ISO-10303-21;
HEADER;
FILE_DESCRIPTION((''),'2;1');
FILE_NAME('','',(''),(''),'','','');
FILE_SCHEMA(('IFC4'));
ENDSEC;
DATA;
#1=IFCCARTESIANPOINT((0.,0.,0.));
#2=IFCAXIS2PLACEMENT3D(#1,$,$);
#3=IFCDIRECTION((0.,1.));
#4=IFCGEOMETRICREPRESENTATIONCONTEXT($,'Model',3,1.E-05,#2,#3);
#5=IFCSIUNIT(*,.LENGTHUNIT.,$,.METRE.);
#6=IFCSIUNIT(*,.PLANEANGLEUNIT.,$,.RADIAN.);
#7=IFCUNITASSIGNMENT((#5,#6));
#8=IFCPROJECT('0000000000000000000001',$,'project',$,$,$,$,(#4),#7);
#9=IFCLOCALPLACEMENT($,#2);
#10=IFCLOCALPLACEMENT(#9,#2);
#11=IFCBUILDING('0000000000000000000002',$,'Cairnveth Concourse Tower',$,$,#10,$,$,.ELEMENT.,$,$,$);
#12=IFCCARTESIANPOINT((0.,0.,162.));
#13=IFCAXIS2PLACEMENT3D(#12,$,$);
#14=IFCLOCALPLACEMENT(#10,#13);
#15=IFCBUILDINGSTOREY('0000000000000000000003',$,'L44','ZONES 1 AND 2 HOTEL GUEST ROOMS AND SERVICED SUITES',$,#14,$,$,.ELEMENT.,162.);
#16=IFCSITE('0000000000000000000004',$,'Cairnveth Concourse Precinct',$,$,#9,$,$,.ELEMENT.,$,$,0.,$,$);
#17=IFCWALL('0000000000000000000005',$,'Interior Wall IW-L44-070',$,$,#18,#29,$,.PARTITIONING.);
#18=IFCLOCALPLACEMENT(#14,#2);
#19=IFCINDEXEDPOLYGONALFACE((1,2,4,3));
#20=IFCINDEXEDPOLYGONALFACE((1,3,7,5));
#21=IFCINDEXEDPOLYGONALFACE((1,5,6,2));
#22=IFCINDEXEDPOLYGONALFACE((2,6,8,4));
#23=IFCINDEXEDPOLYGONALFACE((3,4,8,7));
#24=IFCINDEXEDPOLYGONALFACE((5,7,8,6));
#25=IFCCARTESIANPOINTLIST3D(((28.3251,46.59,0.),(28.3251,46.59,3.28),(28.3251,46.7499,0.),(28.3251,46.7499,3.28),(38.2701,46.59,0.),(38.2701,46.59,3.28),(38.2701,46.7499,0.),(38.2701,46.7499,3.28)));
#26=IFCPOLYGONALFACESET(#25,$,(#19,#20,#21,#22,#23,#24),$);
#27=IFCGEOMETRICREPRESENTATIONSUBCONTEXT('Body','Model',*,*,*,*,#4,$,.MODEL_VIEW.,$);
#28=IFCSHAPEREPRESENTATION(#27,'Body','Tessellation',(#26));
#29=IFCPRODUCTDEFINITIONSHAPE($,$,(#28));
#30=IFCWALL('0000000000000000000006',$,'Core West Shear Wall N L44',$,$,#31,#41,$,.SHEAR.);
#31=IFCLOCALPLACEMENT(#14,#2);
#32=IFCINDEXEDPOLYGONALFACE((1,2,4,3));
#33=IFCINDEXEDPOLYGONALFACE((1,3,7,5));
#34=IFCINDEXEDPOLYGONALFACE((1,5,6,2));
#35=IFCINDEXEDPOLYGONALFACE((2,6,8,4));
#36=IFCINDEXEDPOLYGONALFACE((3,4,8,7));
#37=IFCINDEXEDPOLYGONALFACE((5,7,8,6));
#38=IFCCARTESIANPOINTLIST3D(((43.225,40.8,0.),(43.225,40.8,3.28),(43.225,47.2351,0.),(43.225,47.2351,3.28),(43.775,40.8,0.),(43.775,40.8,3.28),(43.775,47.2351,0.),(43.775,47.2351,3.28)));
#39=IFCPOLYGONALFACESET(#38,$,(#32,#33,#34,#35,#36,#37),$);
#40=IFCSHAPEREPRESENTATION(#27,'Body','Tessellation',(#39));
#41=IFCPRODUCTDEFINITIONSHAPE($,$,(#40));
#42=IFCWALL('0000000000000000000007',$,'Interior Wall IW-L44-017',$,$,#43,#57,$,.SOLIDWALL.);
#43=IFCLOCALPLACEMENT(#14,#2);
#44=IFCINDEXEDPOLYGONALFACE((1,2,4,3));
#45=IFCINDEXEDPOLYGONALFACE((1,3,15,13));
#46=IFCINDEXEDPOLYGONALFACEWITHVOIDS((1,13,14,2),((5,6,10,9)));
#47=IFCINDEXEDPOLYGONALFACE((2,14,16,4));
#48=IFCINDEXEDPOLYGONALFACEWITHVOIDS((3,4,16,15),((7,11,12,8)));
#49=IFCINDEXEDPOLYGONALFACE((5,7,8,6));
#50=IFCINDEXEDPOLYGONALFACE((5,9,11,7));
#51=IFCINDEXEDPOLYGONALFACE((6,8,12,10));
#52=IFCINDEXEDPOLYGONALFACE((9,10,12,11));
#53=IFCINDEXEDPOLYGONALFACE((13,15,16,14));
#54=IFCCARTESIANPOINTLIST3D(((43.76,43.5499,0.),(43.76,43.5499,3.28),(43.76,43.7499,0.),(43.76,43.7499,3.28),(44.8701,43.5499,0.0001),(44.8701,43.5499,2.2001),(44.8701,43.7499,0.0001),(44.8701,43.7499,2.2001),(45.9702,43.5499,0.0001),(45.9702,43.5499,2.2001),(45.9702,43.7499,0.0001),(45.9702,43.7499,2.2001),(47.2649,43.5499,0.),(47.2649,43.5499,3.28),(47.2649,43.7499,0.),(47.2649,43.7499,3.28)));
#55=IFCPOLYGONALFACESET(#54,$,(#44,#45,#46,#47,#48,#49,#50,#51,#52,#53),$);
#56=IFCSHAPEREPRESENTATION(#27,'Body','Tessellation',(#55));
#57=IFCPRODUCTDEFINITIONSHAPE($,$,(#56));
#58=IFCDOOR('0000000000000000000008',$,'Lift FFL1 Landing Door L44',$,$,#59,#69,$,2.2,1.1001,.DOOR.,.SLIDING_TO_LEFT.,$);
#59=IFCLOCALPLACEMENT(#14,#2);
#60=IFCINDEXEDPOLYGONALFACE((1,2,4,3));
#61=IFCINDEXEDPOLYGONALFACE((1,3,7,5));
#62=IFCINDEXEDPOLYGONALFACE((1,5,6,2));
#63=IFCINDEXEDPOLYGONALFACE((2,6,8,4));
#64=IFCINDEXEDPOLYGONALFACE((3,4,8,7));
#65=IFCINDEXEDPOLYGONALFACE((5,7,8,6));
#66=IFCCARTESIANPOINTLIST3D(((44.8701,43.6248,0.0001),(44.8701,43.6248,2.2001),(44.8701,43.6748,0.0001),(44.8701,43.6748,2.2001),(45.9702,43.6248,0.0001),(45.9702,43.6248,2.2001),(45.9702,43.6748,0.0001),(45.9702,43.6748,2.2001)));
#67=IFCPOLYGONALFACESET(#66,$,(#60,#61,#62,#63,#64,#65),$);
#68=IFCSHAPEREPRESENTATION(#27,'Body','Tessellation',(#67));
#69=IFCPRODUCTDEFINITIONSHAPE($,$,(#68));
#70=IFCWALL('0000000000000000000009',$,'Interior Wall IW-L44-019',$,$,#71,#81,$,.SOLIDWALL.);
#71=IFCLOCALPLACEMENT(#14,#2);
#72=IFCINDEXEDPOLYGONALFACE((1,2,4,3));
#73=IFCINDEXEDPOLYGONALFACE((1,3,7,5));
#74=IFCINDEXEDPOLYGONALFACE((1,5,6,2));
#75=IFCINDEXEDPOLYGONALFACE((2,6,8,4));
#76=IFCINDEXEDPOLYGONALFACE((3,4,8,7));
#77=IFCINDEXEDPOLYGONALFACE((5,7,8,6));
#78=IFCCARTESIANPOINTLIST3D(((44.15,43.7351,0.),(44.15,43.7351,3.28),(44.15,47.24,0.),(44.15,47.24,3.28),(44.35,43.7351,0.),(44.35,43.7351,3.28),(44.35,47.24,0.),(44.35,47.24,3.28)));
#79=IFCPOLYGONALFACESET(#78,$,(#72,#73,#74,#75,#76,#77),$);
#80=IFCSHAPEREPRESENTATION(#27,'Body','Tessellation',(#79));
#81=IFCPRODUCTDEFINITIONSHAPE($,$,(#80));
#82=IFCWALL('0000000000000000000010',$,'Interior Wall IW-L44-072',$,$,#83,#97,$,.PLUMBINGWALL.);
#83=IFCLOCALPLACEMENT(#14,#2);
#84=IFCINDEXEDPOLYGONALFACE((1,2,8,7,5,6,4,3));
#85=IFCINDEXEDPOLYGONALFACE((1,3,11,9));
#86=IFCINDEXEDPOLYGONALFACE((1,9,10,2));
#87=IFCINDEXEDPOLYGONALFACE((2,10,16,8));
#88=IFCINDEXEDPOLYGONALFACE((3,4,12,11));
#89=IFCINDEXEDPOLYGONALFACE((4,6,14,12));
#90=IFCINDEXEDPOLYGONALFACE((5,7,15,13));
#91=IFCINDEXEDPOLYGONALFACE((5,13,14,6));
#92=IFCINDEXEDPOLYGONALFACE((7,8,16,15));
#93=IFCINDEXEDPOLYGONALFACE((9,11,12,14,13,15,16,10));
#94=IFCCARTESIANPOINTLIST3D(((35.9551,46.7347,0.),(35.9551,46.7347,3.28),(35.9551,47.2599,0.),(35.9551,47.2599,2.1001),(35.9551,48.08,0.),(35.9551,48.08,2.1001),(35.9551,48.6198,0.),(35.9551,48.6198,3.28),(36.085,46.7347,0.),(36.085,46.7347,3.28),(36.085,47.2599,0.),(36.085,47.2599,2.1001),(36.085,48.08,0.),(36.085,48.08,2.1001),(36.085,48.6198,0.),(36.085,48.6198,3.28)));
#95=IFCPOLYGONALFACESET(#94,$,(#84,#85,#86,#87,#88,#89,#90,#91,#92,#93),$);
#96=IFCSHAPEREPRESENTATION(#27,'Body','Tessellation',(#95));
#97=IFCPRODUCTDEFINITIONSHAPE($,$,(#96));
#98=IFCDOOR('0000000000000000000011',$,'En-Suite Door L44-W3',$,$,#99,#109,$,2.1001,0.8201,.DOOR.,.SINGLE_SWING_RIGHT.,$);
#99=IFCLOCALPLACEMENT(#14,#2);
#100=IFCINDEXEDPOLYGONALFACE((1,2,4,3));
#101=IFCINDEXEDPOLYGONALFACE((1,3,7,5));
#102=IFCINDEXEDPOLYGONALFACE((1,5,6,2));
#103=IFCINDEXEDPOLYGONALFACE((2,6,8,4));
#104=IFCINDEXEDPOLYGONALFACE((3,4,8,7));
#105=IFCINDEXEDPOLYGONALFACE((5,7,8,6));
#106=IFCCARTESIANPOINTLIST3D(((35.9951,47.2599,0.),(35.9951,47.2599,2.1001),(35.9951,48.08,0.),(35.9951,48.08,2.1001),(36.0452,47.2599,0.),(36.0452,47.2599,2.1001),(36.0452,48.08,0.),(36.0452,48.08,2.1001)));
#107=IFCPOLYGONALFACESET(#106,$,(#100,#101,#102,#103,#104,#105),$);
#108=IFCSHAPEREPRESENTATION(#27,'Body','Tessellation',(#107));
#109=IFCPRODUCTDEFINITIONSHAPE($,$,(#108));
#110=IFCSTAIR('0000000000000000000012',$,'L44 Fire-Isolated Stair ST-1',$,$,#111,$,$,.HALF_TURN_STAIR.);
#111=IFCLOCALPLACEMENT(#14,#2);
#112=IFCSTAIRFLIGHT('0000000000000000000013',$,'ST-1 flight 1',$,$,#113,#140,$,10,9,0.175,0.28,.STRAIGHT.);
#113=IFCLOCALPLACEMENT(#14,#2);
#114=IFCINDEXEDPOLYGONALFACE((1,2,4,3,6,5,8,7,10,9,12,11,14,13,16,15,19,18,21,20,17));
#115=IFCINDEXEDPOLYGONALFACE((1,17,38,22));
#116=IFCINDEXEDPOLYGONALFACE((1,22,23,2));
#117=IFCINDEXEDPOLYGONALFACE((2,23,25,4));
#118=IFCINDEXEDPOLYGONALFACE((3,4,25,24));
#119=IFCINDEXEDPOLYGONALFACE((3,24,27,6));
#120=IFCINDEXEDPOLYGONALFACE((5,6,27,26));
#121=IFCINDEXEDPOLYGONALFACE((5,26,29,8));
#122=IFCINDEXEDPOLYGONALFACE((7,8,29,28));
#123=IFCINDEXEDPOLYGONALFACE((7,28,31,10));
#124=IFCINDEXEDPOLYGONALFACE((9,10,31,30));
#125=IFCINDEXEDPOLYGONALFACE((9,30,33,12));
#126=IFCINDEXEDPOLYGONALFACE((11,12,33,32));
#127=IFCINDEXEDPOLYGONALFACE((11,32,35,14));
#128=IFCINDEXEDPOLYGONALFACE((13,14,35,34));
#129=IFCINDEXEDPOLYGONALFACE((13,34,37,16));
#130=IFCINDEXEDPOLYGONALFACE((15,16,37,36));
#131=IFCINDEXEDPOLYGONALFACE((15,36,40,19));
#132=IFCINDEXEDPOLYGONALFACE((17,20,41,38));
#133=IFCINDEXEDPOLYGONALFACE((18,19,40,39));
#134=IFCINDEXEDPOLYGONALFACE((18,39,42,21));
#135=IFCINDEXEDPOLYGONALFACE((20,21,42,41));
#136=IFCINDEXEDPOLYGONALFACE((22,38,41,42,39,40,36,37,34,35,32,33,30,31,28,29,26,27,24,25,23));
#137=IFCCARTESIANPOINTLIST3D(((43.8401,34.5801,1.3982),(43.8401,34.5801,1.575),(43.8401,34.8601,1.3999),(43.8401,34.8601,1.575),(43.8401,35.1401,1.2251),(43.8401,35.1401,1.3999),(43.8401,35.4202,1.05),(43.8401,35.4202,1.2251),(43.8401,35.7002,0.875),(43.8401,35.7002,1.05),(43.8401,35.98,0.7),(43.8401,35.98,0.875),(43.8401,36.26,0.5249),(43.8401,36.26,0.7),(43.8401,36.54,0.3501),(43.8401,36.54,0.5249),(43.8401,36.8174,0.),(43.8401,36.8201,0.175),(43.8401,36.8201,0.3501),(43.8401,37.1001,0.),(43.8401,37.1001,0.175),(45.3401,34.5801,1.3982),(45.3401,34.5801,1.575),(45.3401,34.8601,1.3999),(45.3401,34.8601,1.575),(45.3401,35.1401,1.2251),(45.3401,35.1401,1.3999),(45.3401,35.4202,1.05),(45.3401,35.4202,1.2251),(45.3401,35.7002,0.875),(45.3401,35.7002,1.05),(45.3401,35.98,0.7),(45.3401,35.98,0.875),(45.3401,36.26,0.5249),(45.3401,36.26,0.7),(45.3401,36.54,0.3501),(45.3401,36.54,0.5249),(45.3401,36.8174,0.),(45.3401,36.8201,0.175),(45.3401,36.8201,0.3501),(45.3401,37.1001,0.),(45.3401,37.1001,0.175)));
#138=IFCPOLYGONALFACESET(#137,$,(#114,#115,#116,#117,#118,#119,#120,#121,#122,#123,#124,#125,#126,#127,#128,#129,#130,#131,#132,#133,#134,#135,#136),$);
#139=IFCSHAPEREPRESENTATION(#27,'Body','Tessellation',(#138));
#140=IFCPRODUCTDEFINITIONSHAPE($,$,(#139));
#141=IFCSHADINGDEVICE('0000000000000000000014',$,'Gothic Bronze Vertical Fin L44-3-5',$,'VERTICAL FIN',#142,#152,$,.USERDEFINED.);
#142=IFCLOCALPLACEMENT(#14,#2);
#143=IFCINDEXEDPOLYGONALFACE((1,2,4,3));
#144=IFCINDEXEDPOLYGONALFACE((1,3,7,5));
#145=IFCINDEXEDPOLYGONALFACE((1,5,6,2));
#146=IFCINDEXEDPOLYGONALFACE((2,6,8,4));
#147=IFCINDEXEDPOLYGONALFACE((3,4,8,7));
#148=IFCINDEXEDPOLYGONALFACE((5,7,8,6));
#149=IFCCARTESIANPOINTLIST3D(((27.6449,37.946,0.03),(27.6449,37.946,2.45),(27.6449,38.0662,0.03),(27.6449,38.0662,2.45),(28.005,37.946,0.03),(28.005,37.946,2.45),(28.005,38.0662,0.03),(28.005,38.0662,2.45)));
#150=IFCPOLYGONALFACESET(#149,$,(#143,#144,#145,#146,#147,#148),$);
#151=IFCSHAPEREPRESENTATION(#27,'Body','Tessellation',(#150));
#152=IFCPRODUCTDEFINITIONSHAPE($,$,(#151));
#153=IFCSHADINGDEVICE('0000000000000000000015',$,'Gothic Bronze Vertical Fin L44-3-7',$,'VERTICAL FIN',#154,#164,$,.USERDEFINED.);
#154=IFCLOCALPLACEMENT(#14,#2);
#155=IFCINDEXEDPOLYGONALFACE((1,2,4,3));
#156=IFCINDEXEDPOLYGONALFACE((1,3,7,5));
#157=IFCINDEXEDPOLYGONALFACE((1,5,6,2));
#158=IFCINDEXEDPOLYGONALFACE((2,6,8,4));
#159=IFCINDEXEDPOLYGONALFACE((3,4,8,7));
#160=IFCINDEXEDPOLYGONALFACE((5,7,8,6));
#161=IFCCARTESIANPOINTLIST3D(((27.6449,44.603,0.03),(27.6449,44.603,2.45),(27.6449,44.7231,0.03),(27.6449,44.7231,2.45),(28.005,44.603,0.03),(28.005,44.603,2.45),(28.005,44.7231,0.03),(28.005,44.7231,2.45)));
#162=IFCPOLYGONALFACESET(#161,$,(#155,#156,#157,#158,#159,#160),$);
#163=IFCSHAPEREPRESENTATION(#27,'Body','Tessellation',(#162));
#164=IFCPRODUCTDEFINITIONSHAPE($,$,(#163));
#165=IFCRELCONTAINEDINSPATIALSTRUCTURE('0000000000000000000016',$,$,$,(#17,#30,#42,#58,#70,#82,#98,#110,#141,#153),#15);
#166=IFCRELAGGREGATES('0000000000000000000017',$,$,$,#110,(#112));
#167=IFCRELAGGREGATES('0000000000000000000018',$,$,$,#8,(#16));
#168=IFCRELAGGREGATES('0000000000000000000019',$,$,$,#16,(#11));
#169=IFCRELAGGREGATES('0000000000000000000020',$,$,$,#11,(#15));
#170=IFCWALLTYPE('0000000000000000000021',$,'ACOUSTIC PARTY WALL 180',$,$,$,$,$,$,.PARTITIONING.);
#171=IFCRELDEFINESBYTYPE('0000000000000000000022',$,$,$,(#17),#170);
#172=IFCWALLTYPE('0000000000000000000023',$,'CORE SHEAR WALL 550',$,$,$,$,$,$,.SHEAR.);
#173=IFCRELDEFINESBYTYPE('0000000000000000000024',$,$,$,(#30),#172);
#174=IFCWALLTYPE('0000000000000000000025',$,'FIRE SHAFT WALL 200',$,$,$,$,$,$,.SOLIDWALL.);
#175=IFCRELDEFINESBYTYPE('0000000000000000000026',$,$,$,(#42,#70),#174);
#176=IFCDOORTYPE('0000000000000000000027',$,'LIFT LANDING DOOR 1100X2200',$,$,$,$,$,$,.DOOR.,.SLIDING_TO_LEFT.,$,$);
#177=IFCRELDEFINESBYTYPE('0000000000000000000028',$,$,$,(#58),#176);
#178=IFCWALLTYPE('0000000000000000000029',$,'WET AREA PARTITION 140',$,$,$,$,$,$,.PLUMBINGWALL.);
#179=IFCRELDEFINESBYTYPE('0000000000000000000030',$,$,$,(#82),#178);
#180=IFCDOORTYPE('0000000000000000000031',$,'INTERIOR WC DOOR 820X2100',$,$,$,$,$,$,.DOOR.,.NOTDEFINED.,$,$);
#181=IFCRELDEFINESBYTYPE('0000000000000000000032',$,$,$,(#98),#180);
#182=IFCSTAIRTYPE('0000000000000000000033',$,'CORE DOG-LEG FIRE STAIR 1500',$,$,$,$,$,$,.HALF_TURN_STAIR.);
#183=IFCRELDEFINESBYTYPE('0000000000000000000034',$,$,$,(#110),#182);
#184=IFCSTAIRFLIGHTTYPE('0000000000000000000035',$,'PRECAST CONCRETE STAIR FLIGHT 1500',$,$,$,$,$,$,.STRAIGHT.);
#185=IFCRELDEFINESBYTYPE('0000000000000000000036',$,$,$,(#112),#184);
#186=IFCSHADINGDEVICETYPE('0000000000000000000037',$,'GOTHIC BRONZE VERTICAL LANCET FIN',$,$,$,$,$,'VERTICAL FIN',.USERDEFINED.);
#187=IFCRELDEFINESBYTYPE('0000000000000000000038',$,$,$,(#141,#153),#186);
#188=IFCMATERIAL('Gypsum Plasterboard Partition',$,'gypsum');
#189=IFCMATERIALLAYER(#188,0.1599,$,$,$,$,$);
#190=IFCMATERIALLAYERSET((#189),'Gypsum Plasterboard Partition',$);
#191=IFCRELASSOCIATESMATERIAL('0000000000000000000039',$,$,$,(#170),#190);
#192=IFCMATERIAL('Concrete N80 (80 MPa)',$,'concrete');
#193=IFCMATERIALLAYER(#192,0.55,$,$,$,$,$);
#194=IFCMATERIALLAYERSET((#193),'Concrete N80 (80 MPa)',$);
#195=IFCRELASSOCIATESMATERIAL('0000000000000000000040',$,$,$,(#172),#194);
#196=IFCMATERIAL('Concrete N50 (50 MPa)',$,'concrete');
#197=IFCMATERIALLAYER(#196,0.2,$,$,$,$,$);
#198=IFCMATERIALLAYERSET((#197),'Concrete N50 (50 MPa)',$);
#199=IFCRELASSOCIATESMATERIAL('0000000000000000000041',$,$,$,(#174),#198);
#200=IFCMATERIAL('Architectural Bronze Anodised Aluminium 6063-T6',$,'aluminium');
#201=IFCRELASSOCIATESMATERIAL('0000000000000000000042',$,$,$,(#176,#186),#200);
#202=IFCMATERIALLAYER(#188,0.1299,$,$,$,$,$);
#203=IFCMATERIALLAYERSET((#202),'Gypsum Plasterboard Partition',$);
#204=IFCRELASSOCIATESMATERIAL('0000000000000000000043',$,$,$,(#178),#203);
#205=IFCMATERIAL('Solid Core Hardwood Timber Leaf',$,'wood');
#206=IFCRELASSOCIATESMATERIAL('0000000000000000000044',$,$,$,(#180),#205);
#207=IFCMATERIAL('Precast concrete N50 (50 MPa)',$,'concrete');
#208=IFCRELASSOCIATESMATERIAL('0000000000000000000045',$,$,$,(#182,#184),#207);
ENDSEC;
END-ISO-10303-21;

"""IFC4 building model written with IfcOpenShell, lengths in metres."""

from ifc_helpers import new_model, si_unit, direction, frame, frame_2d, origin, origin_2d, place, context, subcontext, project, spatial, polyline, rectangle, outline, extrude, material, layer, layer_set, type_object, element, fill, aggregate, save


model = new_model("IFC4")

# Units and contexts
model_context = context("Model", 3, precision=1e-05, world=origin(), true_north=direction((0.0, 1.0)))
body_context = subcontext(model_context, "Body", "Model", "MODEL_VIEW")
ifc_project = project(units=[si_unit("LENGTHUNIT", "METRE"), si_unit("PLANEANGLEUNIT", "RADIAN")], contexts=[model_context])

# Site, building, storey
site_placement = place(None, origin())
site = spatial("IfcSite", under=ifc_project, at=site_placement, Name="Cairnveth Concourse Precinct", CompositionType="ELEMENT", RefElevation=0.0)
building_placement = place(site_placement, origin())
building = spatial("IfcBuilding", under=site, at=building_placement, Name="Cairnveth Concourse Tower", CompositionType="ELEMENT")
storey_placement = place(building_placement, frame((0.0, 0.0, 162.0)))
storey = spatial("IfcBuildingStorey", under=building, at=storey_placement, Name="L44", Description="ZONES 1 AND 2 HOTEL GUEST ROOMS AND SERVICED SUITES", CompositionType="ELEMENT", Elevation=162.0)

# Walls
ifc_material_1 = material(Name="Gypsum Plasterboard Partition", Category="gypsum")
ifc_layer_1 = layer(ifc_material_1, 0.1599)
ifc_layer_set_1 = layer_set([ifc_layer_1], Name="Gypsum Plasterboard Partition")
wall_type_1 = type_object("IfcWallType", Name="ACOUSTIC PARTY WALL 180", PredefinedType="PARTITIONING", material=ifc_layer_set_1)
wall_1_placement = place(storey_placement, frame((28.325, 46.6699, 0.0), z_axis=(0.0, 0.0, 1.0), x_axis=(1.0, 0.0, 0.0)))
element("IfcWall", 1, at=wall_1_placement, inside=storey, type_object=wall_type_1, Name="Interior Wall IW-L44-070", PredefinedType="PARTITIONING", context=body_context, shape_type="SweptSolid", body=[
    extrude(rectangle(XDim=9.9451, YDim=0.1599, at=frame_2d((4.9727, 0.0))), origin(), (0.0, 0.0, 1.0), 3.28),
])
ifc_material_2 = material(Name="Concrete N80 (80 MPa)", Category="concrete")
ifc_layer_2 = layer(ifc_material_2, 0.55)
ifc_layer_set_2 = layer_set([ifc_layer_2], Name="Concrete N80 (80 MPa)")
wall_type_2 = type_object("IfcWallType", Name="CORE SHEAR WALL 550", PredefinedType="SHEAR", material=ifc_layer_set_2)
wall_2_placement = place(storey_placement, frame((43.5, 40.8, 0.0), z_axis=(0.0, 0.0, 1.0), x_axis=(0.0, 1.0, 0.0)))
element("IfcWall", 2, at=wall_2_placement, inside=storey, type_object=wall_type_2, Name="Core West Shear Wall N L44", PredefinedType="SHEAR", context=body_context, shape_type="SweptSolid", body=[
    extrude(rectangle(XDim=6.4351, YDim=0.55, at=frame_2d((3.2175, 0.0))), origin(), (0.0, 0.0, 1.0), 3.28),
])

# Wall, opening, door
ifc_material_3 = material(Name="Concrete N50 (50 MPa)", Category="concrete")
ifc_layer_3 = layer(ifc_material_3, 0.2)
ifc_layer_set_3 = layer_set([ifc_layer_3], Name="Concrete N50 (50 MPa)")
wall_type_3 = type_object("IfcWallType", Name="FIRE SHAFT WALL 200", PredefinedType="SOLIDWALL", material=ifc_layer_set_3)
wall_3_placement = place(storey_placement, frame((43.76, 43.6499, 0.0), z_axis=(0.0, 0.0, 1.0), x_axis=(1.0, 0.0, 0.0)))
wall_3 = element("IfcWall", 3, at=wall_3_placement, inside=storey, type_object=wall_type_3, Name="Interior Wall IW-L44-017", PredefinedType="SOLIDWALL", context=body_context, shape_type="SweptSolid", body=[
    extrude(rectangle(XDim=3.5049, YDim=0.2, at=frame_2d((1.7524, 0.0))), origin(), (0.0, 0.0, 1.0), 3.28),
])
opening_1_placement = place(wall_3_placement, frame((1.1101, 0.0, 0.0)))
opening_1 = element("IfcOpeningElement", 4, at=opening_1_placement, cuts=wall_3, PredefinedType="OPENING", context=body_context, shape_type="SweptSolid", body=[
    extrude(rectangle(XDim=1.1001, YDim=2.2, at=frame_2d((0.55, 1.1001))), frame((0.0, 0.1099, 0.0), z_axis=(0.0, -1.0, 0.0), x_axis=(1.0, 0.0, 0.0)), (0.0, 0.0, 1.0), 0.22),
])
ifc_material_4 = material(Name="Architectural Bronze Anodised Aluminium 6063-T6", Category="aluminium")
door_type_1 = type_object("IfcDoorType", Name="LIFT LANDING DOOR 1100X2200", OperationType="SLIDING_TO_LEFT", PredefinedType="DOOR", material=ifc_material_4)
door_1_placement = place(opening_1_placement, origin())
door_1 = element("IfcDoor", 5, at=door_1_placement, inside=storey, type_object=door_type_1, Name="Lift FFL1 Landing Door L44", OperationType="SLIDING_TO_LEFT", OverallHeight=2.2, OverallWidth=1.1001, PredefinedType="DOOR", context=body_context, shape_type="SweptSolid", body=[
    extrude(rectangle(XDim=1.1001, YDim=2.2, at=frame_2d((0.55, 1.1001))), frame((0.0, 0.0249, 0.0), z_axis=(0.0, -1.0, 0.0), x_axis=(1.0, 0.0, 0.0)), (0.0, 0.0, 1.0), 0.05),
])
fill(opening_1, door_1)

# Wall
wall_4_placement = place(storey_placement, frame((44.25, 43.7351, 0.0), z_axis=(0.0, 0.0, 1.0), x_axis=(0.0, 1.0, 0.0)))
element("IfcWall", 6, at=wall_4_placement, inside=storey, type_object=wall_type_3, Name="Interior Wall IW-L44-019", PredefinedType="SOLIDWALL", context=body_context, shape_type="SweptSolid", body=[
    extrude(rectangle(XDim=3.5049, YDim=0.2, at=frame_2d((1.7524, 0.0))), origin(), (0.0, 0.0, 1.0), 3.28),
])

# Wall, opening, door
ifc_layer_4 = layer(ifc_material_1, 0.1299)
ifc_layer_set_4 = layer_set([ifc_layer_4], Name="Gypsum Plasterboard Partition")
wall_type_4 = type_object("IfcWallType", Name="WET AREA PARTITION 140", PredefinedType="PLUMBINGWALL", material=ifc_layer_set_4)
wall_5_placement = place(storey_placement, frame((36.02, 46.7349, 0.0), z_axis=(0.0, 0.0, 1.0), x_axis=(0.0, 1.0, 0.0)))
wall_5 = element("IfcWall", 7, at=wall_5_placement, inside=storey, type_object=wall_type_4, Name="Interior Wall IW-L44-072", PredefinedType="PLUMBINGWALL", context=body_context, shape_type="SweptSolid", body=[
    extrude(rectangle(XDim=1.885, YDim=0.1299, at=frame_2d((0.9424, 0.0))), origin(), (0.0, 0.0, 1.0), 3.28),
])
opening_2_placement = place(wall_5_placement, frame((0.5249, 0.0, 0.0)))
opening_2 = element("IfcOpeningElement", 8, at=opening_2_placement, cuts=wall_5, PredefinedType="OPENING", context=body_context, shape_type="SweptSolid", body=[
    extrude(rectangle(XDim=0.8201, YDim=2.1001, at=frame_2d((0.4102, 1.05))), frame((0.0, 0.075, 0.0), z_axis=(0.0, -1.0, 0.0), x_axis=(1.0, 0.0, 0.0)), (0.0, 0.0, 1.0), 0.1499),
])
ifc_material_5 = material(Name="Solid Core Hardwood Timber Leaf", Category="wood")
door_type_2 = type_object("IfcDoorType", Name="INTERIOR WC DOOR 820X2100", OperationType="NOTDEFINED", PredefinedType="DOOR", material=ifc_material_5)
door_2_placement = place(opening_2_placement, origin())
door_2 = element("IfcDoor", 9, at=door_2_placement, inside=storey, type_object=door_type_2, Name="En-Suite Door L44-W3", OperationType="SINGLE_SWING_RIGHT", OverallHeight=2.1001, OverallWidth=0.8201, PredefinedType="DOOR", context=body_context, shape_type="SweptSolid", body=[
    extrude(rectangle(XDim=0.8201, YDim=2.1001, at=frame_2d((0.4102, 1.05))), frame((0.0, 0.0249, 0.0), z_axis=(0.0, -1.0, 0.0), x_axis=(1.0, 0.0, 0.0)), (0.0, 0.0, 1.0), 0.05),
])
fill(opening_2, door_2)

# Stair, stair flight
ifc_material_6 = material(Name="Precast concrete N50 (50 MPa)", Category="concrete")
stair_type = type_object("IfcStairType", Name="CORE DOG-LEG FIRE STAIR 1500", PredefinedType="HALF_TURN_STAIR", material=ifc_material_6)
stair_placement = place(storey_placement, origin())
stair = element("IfcStair", 10, at=stair_placement, inside=storey, type_object=stair_type, Name="L44 Fire-Isolated Stair ST-1", PredefinedType="HALF_TURN_STAIR")
stair_flight_type = type_object("IfcStairFlightType", Name="PRECAST CONCRETE STAIR FLIGHT 1500", PredefinedType="STRAIGHT", material=ifc_material_6)
stair_flight_placement = place(storey_placement, frame((44.5901, 37.1001, 0.0), z_axis=(0.0, 0.0, 1.0), x_axis=(0.0, -1.0, 0.0)))
stair_flight = element("IfcStairFlight", 11, at=stair_flight_placement, type_object=stair_flight_type, Name="ST-1 flight 1", NumberOfRisers=10, NumberOfTreads=9, PredefinedType="STRAIGHT", RiserHeight=0.175, TreadLength=0.28, context=body_context, shape_type="SweptSolid", body=[
    extrude(outline(polyline([(0.0, 0.0), (0.0, 0.175), (0.28, 0.175), (0.28, 0.3501), (0.5601, 0.3501), (0.5601, 0.5249), (0.8401, 0.5249), (0.8401, 0.7), (1.1201, 0.7), (1.1201, 0.875), (1.3999, 0.875), (1.3999, 1.05), (1.6799, 1.05), (1.6799, 1.2251), (1.96, 1.2251), (1.96, 1.3999), (2.24, 1.3999), (2.24, 1.575), (2.52, 1.575), (2.52, 1.75), (2.52, 1.3982), (0.2827, 0.0), (0.0, 0.0)])), frame((0.0, 0.75, 0.0), z_axis=(0.0, -1.0, 0.0), x_axis=(1.0, 0.0, 0.0)), (0.0, 0.0, 1.0), 1.5),
])
aggregate(stair, [stair_flight])

# Shading devices
shading_device_type = type_object("IfcShadingDeviceType", Name="GOTHIC BRONZE VERTICAL LANCET FIN", ElementType="VERTICAL FIN", PredefinedType="USERDEFINED", material=ifc_material_4)
for number, where, z_axis, x_axis, name in (
    (12, (27.825, 38.0061, 0.03), (0.0, 0.0, 1.0), (0.0, 1.0, 0.0), "Gothic Bronze Vertical Fin L44-3-5"),
    (13, (27.825, 44.6631, 0.03), (0.0, 0.0, 1.0), (0.0, 1.0, 0.0), "Gothic Bronze Vertical Fin L44-3-7"),
):
    element("IfcShadingDevice", number, at=place(storey_placement, frame(where, z_axis=z_axis, x_axis=x_axis)), inside=storey, type_object=shading_device_type, Name=name, ObjectType="VERTICAL FIN", PredefinedType="USERDEFINED", context=body_context, shape_type="SweptSolid", body=[
        extrude(rectangle(XDim=0.1201, YDim=0.3601, at=origin_2d()), origin(), (0.0, 0.0, 1.0), 2.4199),
    ])

save(model, "model.ifc")
